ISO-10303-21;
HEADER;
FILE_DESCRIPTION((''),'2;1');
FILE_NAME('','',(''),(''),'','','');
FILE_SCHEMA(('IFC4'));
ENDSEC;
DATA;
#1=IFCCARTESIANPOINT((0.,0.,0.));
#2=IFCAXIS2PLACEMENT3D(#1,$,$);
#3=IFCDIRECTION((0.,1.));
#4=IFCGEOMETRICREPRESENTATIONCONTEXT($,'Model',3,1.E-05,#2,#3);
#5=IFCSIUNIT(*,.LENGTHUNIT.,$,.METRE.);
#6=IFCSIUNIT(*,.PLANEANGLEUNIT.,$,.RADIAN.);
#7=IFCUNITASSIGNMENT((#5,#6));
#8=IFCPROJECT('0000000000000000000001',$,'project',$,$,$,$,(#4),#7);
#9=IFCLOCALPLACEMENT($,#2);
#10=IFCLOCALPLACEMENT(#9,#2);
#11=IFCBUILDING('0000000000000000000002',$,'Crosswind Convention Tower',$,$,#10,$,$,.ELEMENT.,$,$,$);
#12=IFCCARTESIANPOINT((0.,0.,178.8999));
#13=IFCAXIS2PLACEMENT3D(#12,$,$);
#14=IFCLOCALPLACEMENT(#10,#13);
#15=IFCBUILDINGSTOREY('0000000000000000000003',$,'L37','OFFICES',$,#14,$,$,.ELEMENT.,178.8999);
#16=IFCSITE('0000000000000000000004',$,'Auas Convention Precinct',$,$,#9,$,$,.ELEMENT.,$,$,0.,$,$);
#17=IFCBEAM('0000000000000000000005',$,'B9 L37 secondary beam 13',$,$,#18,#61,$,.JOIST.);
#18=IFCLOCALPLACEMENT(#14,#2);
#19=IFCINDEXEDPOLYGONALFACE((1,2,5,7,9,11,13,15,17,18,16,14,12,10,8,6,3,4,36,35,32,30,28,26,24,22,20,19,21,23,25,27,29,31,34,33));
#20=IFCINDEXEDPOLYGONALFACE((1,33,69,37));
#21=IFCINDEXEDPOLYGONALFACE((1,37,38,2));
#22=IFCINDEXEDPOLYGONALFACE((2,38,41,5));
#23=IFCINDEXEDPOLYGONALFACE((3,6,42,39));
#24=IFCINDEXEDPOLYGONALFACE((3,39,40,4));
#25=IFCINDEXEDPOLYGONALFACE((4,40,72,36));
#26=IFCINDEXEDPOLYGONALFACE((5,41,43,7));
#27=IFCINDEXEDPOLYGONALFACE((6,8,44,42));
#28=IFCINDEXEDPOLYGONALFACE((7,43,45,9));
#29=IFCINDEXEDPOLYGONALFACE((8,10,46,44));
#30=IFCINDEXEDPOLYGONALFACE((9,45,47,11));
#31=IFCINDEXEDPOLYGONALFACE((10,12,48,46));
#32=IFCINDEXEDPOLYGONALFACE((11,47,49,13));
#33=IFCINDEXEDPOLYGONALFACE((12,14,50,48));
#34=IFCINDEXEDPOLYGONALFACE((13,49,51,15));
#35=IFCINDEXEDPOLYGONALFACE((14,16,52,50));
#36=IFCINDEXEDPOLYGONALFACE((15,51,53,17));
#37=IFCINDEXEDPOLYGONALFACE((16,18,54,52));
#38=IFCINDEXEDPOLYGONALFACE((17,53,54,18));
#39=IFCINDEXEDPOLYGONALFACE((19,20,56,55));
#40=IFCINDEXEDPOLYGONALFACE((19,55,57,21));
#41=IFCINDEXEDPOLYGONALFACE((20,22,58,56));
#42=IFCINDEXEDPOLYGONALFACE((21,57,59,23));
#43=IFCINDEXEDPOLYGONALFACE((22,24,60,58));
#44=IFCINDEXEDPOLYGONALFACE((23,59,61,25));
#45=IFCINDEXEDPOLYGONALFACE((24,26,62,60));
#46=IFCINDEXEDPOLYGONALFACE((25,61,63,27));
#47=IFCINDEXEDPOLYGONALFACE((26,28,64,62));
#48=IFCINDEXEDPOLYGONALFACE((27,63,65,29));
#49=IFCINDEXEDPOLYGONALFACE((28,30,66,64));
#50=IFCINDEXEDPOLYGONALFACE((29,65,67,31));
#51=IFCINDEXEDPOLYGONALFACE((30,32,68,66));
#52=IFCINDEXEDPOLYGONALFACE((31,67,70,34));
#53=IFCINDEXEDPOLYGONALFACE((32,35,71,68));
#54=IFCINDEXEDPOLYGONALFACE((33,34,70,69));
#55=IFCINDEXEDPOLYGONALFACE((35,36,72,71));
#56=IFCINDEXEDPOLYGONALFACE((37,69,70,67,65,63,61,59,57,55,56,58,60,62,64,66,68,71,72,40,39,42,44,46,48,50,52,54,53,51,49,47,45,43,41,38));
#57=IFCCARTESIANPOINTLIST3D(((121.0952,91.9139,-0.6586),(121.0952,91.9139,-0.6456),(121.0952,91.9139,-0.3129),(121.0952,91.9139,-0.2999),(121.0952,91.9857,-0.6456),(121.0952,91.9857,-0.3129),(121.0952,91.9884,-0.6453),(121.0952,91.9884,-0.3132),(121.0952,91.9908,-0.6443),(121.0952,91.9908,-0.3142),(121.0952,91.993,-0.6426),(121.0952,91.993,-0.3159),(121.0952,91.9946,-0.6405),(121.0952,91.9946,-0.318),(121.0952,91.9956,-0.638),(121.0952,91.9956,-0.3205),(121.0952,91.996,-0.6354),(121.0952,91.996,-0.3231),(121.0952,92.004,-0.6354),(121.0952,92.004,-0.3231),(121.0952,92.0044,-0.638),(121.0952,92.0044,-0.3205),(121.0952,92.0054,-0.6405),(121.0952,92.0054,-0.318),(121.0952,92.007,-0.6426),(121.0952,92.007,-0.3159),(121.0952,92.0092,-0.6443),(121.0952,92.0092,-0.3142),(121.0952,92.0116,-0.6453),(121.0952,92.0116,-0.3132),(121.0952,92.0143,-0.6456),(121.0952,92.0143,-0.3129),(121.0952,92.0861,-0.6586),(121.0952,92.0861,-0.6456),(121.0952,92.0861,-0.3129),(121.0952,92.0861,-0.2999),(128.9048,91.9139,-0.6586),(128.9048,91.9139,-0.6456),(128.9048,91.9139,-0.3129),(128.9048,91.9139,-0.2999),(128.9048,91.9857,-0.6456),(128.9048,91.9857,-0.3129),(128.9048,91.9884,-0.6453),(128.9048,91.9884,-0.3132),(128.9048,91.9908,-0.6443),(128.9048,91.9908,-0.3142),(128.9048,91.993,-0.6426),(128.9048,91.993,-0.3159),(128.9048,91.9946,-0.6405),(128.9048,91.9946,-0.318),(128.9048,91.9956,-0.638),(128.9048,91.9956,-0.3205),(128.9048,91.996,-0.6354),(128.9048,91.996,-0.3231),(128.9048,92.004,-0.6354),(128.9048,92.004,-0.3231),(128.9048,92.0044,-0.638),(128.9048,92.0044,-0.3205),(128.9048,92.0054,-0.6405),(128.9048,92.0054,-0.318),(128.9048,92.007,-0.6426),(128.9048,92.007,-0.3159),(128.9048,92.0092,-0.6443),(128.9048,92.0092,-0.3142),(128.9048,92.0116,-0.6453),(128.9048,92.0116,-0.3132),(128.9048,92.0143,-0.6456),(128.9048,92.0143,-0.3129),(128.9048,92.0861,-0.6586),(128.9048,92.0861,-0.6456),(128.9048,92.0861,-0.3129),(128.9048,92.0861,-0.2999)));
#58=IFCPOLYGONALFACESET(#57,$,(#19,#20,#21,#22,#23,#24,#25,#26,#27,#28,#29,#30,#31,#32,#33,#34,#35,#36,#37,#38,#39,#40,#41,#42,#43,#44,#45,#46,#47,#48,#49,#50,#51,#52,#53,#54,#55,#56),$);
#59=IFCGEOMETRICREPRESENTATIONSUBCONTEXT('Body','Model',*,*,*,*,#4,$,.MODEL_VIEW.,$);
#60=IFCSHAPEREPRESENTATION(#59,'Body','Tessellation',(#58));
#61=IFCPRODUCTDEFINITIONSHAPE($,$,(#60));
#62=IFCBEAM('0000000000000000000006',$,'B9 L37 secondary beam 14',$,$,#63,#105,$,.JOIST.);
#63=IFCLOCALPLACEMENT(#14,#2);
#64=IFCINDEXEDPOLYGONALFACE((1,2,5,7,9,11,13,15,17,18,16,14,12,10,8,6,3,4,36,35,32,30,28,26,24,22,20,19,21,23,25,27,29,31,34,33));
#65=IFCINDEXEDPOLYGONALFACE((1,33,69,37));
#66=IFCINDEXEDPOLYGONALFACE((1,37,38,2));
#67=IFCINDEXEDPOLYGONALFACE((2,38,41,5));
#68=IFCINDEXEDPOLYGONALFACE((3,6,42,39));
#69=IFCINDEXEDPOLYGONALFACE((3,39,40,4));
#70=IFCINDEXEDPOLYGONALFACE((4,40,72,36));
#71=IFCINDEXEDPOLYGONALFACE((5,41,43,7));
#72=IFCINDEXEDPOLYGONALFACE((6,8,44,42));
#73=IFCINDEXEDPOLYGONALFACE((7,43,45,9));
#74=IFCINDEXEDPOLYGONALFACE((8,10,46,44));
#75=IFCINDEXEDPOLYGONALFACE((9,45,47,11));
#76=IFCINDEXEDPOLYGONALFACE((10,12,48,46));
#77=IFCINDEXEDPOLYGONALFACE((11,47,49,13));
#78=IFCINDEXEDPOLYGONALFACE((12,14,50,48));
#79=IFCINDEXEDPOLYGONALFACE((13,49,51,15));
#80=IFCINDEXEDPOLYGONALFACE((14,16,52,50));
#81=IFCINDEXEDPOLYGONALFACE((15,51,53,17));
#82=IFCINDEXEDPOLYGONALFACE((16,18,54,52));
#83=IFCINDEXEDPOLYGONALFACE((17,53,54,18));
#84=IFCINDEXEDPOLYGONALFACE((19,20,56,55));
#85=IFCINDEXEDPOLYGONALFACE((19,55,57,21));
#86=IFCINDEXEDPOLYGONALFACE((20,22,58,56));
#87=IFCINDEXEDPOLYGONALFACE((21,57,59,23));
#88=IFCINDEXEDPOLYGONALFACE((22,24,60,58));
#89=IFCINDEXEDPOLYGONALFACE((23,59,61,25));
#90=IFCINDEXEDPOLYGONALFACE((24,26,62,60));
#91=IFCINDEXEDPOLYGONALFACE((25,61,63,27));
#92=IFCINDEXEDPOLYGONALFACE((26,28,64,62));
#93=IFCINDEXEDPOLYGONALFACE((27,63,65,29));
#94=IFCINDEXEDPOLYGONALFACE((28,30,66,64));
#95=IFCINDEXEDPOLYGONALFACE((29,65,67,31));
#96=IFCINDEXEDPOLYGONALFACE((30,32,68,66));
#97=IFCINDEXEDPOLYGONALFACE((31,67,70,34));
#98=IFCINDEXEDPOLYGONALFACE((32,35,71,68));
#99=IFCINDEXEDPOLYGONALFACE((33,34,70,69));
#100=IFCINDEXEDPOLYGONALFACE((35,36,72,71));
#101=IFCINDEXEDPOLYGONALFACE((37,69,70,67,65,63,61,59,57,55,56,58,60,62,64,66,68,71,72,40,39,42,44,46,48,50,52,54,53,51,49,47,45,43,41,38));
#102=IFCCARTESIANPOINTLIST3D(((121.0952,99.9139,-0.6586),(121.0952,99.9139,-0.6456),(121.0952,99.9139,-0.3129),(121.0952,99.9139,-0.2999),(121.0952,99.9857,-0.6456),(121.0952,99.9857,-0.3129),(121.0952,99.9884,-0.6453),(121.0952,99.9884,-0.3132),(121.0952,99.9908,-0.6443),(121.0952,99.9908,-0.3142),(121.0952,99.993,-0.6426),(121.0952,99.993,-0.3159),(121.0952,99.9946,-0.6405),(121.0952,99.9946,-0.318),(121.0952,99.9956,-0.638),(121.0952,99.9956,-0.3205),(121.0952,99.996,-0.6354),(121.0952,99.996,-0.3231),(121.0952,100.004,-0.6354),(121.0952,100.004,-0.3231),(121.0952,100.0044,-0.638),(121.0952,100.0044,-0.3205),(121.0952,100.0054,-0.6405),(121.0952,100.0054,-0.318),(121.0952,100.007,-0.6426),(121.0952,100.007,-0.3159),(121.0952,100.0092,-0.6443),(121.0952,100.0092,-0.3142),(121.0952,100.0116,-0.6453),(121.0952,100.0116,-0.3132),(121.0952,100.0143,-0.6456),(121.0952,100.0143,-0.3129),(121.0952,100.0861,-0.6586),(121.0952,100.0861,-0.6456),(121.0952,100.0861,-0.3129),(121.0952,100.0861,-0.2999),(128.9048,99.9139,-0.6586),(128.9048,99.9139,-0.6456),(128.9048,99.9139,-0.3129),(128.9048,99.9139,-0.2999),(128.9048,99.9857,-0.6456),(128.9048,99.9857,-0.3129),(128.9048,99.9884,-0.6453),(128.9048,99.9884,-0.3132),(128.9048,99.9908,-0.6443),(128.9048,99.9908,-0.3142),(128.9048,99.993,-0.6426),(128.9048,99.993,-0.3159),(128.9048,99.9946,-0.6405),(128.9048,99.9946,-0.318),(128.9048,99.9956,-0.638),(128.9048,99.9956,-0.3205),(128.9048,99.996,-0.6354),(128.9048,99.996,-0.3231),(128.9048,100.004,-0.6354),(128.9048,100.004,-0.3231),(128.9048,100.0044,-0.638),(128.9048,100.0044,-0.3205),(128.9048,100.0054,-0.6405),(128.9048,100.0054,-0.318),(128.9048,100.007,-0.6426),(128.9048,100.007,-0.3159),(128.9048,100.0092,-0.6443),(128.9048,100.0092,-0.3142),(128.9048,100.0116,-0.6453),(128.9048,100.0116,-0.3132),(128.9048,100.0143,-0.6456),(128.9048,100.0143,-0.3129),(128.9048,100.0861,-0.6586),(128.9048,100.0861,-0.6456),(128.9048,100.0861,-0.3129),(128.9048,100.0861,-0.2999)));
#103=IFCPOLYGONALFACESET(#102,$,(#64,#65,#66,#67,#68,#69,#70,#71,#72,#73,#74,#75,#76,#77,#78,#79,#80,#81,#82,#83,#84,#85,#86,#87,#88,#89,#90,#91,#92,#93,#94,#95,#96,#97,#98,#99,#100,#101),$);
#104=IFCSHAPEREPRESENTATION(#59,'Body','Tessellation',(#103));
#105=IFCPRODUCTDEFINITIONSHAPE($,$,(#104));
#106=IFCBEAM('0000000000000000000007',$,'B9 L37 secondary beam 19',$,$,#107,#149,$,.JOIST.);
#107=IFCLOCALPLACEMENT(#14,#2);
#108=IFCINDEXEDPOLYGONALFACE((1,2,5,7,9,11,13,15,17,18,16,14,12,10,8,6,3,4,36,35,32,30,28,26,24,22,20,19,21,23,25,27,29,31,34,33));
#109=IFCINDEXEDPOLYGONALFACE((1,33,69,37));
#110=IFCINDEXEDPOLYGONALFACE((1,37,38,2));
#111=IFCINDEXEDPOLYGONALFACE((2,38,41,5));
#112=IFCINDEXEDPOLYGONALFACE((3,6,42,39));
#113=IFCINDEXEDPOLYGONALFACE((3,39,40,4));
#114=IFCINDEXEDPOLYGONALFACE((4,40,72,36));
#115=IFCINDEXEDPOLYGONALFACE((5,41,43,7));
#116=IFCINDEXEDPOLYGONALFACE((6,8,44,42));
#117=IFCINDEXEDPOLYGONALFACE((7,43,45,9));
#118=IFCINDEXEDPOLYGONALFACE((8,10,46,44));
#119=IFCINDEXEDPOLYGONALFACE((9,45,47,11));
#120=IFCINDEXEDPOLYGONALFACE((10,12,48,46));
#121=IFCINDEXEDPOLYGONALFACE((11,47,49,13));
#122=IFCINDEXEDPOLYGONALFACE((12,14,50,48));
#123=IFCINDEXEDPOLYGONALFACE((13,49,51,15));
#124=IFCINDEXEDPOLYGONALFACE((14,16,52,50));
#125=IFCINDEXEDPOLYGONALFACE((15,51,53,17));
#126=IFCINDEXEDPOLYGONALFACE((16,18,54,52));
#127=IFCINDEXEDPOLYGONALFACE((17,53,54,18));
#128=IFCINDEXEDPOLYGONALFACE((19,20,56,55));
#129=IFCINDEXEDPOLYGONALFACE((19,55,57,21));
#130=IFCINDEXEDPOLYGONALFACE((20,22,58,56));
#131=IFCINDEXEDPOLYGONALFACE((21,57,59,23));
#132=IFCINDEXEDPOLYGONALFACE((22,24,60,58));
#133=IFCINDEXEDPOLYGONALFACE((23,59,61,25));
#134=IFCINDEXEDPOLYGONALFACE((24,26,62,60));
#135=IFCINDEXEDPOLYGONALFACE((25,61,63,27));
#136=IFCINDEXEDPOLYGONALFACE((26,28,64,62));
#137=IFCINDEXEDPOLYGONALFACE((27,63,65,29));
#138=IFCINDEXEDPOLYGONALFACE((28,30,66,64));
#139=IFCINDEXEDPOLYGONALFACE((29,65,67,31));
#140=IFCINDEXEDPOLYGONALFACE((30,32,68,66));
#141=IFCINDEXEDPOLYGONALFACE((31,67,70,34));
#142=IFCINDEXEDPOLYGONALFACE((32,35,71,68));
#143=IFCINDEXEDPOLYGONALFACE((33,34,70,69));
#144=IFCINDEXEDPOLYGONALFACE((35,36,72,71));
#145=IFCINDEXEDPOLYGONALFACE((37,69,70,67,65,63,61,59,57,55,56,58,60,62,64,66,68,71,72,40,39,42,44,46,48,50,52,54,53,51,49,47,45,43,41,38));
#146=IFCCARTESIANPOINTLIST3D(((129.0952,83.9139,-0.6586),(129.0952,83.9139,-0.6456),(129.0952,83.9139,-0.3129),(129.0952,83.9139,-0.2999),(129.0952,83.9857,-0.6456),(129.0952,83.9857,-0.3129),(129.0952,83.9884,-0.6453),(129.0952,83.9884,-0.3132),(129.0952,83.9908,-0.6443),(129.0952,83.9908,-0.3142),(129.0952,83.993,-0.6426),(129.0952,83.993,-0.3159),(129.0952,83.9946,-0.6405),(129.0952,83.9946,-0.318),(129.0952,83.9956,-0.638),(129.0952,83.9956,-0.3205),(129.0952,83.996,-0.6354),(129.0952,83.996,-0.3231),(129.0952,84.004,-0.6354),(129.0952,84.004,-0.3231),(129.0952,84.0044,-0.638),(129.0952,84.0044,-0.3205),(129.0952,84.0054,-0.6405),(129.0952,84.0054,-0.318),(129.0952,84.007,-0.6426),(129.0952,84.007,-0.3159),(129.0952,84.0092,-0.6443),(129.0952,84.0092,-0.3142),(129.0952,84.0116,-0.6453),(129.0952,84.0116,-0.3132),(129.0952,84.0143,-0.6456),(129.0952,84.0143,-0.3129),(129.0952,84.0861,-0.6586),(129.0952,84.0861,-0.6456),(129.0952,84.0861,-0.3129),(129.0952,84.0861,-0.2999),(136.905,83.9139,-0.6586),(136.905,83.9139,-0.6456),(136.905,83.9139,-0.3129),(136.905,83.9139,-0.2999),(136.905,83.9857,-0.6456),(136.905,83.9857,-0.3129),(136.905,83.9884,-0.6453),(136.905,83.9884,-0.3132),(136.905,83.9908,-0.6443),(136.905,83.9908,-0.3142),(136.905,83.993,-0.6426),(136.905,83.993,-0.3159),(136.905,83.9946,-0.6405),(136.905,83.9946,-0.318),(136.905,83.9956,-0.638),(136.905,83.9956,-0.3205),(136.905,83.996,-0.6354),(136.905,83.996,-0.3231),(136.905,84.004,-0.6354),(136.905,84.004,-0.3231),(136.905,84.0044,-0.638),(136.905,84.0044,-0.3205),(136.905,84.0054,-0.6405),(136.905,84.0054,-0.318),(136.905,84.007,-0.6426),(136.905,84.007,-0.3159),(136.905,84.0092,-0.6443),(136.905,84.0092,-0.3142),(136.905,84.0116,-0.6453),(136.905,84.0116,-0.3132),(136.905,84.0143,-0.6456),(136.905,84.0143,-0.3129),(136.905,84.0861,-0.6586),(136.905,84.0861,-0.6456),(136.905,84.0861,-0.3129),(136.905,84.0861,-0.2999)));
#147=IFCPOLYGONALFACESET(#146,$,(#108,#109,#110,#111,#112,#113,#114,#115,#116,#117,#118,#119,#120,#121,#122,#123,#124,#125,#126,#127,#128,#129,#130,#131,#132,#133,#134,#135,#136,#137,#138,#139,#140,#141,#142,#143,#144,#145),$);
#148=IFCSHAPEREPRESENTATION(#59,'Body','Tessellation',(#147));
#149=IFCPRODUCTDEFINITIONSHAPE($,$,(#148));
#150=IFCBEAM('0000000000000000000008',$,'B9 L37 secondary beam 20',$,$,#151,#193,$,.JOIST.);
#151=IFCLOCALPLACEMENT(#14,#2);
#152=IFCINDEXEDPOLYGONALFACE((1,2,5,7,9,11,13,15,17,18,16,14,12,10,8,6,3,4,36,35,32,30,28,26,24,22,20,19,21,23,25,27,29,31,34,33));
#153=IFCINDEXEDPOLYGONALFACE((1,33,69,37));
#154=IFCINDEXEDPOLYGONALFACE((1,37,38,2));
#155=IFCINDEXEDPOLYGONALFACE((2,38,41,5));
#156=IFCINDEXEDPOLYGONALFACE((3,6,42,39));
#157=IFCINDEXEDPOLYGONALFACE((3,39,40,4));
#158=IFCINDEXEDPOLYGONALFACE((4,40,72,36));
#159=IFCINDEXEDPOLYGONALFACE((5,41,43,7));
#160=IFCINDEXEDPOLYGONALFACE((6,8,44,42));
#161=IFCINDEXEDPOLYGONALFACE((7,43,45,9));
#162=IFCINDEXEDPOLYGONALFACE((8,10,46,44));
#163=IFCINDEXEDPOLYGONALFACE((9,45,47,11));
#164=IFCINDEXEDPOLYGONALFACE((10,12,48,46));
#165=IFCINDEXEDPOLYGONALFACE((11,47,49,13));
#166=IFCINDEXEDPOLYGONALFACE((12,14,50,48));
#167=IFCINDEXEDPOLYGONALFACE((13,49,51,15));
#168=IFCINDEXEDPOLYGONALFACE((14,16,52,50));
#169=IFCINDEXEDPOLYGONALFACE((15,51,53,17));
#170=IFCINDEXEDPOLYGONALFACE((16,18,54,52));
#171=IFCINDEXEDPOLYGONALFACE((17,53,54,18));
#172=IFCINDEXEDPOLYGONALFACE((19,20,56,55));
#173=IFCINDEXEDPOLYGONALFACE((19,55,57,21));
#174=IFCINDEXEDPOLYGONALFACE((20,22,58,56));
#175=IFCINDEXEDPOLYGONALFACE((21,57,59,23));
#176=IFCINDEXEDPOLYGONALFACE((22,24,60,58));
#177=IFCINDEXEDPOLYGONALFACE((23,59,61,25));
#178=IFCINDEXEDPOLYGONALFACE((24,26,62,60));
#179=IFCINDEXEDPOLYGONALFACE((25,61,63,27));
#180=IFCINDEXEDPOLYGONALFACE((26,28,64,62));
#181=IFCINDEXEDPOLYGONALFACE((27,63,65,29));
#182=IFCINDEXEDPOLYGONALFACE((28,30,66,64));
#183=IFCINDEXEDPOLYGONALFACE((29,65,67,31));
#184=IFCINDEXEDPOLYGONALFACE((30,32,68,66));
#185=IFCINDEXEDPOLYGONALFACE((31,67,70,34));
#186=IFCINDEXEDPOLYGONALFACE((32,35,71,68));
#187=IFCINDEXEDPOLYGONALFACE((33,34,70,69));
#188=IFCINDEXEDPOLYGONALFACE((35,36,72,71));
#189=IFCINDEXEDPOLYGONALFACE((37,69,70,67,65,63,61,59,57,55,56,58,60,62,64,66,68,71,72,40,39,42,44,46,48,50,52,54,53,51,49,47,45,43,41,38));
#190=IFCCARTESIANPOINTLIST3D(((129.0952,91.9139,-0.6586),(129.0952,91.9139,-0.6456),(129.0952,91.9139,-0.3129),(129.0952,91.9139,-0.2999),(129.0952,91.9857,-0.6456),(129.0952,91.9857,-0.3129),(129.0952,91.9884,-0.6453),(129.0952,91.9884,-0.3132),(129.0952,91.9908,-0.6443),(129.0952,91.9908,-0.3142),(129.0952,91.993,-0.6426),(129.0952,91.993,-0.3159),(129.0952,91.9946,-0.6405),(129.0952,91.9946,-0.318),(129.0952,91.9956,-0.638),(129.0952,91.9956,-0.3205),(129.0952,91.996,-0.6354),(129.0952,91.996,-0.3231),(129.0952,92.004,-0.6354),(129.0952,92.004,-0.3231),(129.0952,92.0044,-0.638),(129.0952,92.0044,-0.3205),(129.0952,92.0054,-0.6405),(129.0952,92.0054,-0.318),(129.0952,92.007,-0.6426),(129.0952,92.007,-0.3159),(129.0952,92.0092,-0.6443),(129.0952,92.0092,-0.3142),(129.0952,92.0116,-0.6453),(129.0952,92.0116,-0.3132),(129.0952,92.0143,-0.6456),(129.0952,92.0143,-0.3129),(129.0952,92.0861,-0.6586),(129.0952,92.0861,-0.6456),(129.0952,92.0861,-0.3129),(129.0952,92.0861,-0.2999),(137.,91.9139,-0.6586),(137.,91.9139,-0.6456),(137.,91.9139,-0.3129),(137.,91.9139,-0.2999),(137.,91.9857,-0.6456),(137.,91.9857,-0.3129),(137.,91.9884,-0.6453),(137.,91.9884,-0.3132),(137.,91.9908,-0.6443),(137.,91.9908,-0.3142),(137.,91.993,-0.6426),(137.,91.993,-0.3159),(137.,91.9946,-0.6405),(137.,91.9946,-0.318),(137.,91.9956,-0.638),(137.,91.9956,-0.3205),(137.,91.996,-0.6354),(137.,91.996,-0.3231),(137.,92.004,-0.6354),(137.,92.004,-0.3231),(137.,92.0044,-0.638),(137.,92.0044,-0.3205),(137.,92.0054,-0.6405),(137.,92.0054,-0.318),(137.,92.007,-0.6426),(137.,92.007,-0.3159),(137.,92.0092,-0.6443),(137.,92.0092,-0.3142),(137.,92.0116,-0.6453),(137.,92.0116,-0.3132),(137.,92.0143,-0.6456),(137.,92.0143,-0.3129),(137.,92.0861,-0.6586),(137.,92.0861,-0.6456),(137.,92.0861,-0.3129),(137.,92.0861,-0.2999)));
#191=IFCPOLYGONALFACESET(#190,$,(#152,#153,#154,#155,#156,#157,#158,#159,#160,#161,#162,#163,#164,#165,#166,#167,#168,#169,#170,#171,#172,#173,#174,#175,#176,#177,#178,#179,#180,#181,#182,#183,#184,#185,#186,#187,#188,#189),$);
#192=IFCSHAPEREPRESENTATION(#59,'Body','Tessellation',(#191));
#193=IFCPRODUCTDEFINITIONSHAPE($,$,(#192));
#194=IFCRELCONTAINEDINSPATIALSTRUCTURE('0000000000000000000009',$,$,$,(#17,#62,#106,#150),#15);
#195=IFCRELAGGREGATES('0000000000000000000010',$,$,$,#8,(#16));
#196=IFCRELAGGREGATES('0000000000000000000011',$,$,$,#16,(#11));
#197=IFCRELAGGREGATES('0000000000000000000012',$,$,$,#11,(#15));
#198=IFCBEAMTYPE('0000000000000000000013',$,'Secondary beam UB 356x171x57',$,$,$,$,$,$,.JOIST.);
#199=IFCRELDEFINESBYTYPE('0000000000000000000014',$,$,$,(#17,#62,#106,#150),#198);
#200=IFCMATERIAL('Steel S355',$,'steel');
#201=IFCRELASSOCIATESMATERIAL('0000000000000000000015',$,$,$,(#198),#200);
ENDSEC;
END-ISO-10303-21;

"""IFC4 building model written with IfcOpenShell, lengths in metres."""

from ifc_helpers import new_model, si_unit, direction, frame, origin, origin_2d, place, context, subcontext, project, spatial, i_section, extrude, material, material_profile, profile_set, type_object, element, save


model = new_model("IFC4")

# Units and contexts
model_context = context("Model", 3, precision=1e-05, world=origin(), true_north=direction((0.0, 1.0)))
body_context = subcontext(model_context, "Body", "Model", "MODEL_VIEW")
ifc_project = project(units=[si_unit("LENGTHUNIT", "METRE"), si_unit("PLANEANGLEUNIT", "RADIAN")], contexts=[model_context])

# Site, building, storey
site_placement = place(None, origin())
site = spatial("IfcSite", under=ifc_project, at=site_placement, Name="Auas Convention Precinct", CompositionType="ELEMENT", RefElevation=0.0)
building_placement = place(site_placement, origin())
building = spatial("IfcBuilding", under=site, at=building_placement, Name="Crosswind Convention Tower", CompositionType="ELEMENT")
storey_placement = place(building_placement, frame((0.0, 0.0, 178.8999)))
storey = spatial("IfcBuildingStorey", under=building, at=storey_placement, Name="L37", Description="OFFICES", CompositionType="ELEMENT", Elevation=178.8999)

# Beams
ifc_material_1 = material(Name="Steel S355", Category="steel")
ifc_material_profile_1 = material_profile(ifc_material_1, i_section(OverallWidth=0.1721, OverallDepth=0.3586, WebThickness=0.0081, FlangeThickness=0.0129, FilletRadius=0.0103, at=origin_2d()), Name="UB 356x171x57")
ifc_profile_set_1 = profile_set([ifc_material_profile_1], Name="Steel S355")
beam_type_1 = type_object("IfcBeamType", Name="Secondary beam UB 356x171x57", PredefinedType="JOIST", material=ifc_profile_set_1)
for number, where, z_axis, x_axis, name in (
    (1, (121.0952, 92.0, -0.4792), (1.0, 0.0, 0.0), (0.0, 1.0, 0.0), "B9 L37 secondary beam 13"),
    (2, (121.0952, 100.0, -0.4792), (1.0, 0.0, 0.0), (0.0, 1.0, 0.0), "B9 L37 secondary beam 14"),
):
    element("IfcBeam", number, at=place(storey_placement, frame(where, z_axis=z_axis, x_axis=x_axis)), inside=storey, type_object=beam_type_1, Name=name, PredefinedType="JOIST", context=body_context, shape_type="SweptSolid", body=[
        extrude(i_section(OverallWidth=0.1721, OverallDepth=0.3586, WebThickness=0.0081, FlangeThickness=0.0129, FilletRadius=0.0103, at=origin_2d()), origin(), (0.0, 0.0, 1.0), 7.8096),
    ])
beam_1_placement = place(storey_placement, frame((129.0952, 84.0, -0.4792), z_axis=(1.0, 0.0, 0.0), x_axis=(0.0, 1.0, 0.0)))
element("IfcBeam", 3, at=beam_1_placement, inside=storey, type_object=beam_type_1, Name="B9 L37 secondary beam 19", PredefinedType="JOIST", context=body_context, shape_type="SweptSolid", body=[
    extrude(i_section(OverallWidth=0.1721, OverallDepth=0.3586, WebThickness=0.0081, FlangeThickness=0.0129, FilletRadius=0.0103, at=origin_2d()), origin(), (0.0, 0.0, 1.0), 7.8098),
])
beam_2_placement = place(storey_placement, frame((129.0952, 92.0, -0.4792), z_axis=(1.0, 0.0, 0.0), x_axis=(0.0, 1.0, 0.0)))
element("IfcBeam", 4, at=beam_2_placement, inside=storey, type_object=beam_type_1, Name="B9 L37 secondary beam 20", PredefinedType="JOIST", context=body_context, shape_type="SweptSolid", body=[
    extrude(i_section(OverallWidth=0.1721, OverallDepth=0.3586, WebThickness=0.0081, FlangeThickness=0.0129, FilletRadius=0.0103, at=origin_2d()), origin(), (0.0, 0.0, 1.0), 7.9048),
])

save(model, "model.ifc")
